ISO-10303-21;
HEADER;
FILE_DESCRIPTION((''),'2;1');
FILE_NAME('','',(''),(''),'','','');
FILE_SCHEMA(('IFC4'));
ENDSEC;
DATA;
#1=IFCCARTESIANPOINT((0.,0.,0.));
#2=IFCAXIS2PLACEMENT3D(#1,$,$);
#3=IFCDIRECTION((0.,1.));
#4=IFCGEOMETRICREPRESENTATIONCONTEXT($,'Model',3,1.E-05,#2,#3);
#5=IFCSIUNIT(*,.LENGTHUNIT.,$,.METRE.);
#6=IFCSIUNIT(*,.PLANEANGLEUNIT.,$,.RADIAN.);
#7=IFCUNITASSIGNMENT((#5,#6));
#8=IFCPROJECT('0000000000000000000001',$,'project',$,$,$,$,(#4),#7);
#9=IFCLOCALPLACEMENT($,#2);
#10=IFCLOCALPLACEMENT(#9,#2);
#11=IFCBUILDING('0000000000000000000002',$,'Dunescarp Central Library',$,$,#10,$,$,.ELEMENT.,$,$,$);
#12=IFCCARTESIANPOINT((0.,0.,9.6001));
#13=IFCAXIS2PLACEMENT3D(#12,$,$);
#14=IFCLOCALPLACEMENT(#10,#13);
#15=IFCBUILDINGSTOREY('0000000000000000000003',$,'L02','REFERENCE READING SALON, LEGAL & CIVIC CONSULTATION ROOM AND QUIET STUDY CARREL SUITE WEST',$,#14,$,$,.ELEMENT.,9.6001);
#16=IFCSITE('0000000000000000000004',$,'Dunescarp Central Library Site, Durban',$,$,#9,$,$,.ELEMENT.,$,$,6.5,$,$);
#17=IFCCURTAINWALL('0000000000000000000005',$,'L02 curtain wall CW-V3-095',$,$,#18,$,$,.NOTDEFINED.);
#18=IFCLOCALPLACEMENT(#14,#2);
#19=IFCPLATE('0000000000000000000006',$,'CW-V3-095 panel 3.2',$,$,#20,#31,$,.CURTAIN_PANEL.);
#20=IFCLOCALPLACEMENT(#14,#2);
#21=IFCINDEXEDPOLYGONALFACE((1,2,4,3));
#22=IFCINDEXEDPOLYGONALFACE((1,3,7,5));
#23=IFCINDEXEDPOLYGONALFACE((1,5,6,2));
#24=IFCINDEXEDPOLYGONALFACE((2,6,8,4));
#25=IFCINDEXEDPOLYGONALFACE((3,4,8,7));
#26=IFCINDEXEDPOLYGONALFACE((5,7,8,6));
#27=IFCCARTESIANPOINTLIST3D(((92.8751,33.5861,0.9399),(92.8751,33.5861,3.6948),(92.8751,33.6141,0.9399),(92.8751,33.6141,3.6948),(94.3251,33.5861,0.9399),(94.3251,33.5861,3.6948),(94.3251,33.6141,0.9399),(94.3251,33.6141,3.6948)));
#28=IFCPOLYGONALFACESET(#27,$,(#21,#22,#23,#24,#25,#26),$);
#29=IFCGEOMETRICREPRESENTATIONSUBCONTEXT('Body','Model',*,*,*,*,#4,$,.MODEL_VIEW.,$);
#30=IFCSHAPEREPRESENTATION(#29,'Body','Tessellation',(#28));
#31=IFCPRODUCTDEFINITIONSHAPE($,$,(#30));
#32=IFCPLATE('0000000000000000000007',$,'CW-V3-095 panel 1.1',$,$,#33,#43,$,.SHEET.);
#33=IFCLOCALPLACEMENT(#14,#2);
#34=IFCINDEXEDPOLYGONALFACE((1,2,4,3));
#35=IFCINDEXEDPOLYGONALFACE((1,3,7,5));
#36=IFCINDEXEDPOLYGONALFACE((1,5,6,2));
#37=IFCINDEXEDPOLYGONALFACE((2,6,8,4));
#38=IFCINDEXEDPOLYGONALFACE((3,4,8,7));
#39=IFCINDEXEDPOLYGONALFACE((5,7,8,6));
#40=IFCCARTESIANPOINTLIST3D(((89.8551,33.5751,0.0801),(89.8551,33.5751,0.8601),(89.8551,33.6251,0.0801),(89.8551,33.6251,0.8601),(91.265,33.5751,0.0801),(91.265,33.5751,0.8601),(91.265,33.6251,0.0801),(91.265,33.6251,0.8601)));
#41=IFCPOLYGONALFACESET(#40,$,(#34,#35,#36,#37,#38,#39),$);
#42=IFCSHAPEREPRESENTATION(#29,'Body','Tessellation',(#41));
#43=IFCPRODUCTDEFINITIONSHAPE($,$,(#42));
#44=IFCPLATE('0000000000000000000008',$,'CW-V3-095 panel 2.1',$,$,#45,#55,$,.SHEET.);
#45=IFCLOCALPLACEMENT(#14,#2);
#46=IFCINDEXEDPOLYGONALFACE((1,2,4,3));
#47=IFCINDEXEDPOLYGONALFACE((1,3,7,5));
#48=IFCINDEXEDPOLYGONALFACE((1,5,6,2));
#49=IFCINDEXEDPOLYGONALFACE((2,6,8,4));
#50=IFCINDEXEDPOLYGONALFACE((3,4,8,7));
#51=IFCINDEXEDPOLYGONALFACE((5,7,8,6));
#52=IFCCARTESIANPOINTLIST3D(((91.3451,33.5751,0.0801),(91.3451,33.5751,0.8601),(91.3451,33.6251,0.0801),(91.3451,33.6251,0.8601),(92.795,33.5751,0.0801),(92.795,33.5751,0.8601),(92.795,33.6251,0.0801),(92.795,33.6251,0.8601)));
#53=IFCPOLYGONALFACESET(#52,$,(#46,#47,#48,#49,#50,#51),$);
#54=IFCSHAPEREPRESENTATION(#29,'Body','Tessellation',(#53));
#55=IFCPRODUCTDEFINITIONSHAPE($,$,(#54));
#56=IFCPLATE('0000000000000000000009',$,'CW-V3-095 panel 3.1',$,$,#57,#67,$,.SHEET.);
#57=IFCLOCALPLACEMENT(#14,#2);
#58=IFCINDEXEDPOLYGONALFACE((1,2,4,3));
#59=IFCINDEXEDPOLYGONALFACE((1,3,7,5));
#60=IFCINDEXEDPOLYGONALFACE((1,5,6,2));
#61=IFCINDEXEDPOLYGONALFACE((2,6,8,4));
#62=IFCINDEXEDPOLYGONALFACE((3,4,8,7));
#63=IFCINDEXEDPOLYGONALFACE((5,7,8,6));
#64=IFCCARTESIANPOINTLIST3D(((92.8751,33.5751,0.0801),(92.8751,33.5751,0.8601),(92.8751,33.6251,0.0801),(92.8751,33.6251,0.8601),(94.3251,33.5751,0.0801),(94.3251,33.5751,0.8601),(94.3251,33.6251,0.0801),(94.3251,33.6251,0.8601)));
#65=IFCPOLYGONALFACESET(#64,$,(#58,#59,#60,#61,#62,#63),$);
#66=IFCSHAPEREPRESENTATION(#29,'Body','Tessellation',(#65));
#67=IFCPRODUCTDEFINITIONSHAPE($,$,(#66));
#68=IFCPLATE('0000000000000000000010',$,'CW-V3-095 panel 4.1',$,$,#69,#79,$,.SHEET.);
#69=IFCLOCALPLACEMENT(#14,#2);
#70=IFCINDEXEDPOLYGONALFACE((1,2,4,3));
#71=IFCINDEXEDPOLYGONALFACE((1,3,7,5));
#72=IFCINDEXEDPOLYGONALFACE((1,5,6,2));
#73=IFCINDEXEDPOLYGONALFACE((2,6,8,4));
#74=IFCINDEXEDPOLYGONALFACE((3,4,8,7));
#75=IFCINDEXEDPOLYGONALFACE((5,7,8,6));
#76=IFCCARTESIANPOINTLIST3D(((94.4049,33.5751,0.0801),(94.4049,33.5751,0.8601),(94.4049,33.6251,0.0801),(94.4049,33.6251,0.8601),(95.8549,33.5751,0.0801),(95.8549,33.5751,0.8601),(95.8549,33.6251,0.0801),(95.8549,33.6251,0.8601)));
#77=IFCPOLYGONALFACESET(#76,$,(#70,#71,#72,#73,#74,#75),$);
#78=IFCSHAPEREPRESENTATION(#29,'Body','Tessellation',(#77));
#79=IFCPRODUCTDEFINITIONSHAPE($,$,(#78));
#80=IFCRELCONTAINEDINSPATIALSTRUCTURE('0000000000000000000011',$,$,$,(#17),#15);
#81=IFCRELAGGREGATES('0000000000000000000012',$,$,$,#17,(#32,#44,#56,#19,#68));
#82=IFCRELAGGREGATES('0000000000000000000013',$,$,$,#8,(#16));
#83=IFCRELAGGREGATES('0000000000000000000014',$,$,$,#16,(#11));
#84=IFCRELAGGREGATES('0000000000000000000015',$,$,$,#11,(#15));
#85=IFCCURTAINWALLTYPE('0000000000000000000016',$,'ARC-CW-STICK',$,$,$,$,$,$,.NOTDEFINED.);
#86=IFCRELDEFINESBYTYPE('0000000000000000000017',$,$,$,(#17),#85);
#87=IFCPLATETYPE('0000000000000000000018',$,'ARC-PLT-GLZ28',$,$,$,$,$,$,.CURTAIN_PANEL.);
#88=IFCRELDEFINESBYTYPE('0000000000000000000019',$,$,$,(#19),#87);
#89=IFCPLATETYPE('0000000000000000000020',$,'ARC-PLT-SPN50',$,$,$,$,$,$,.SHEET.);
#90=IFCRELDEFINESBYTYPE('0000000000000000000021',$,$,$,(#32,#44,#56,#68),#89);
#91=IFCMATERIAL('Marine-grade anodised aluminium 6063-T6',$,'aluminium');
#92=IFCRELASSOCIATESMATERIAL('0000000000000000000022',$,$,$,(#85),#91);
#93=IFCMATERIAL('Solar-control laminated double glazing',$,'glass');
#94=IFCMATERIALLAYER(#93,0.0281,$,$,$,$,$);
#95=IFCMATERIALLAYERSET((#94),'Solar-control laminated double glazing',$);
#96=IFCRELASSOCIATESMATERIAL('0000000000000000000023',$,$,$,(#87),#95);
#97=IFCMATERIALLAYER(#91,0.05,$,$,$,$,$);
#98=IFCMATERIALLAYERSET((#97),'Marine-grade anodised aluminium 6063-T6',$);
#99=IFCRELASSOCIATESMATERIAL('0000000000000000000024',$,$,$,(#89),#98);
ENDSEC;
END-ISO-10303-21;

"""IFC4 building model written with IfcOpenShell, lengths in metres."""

from ifc_helpers import new_model, si_unit, direction, frame, origin, origin_2d, place, context, subcontext, project, spatial, rectangle, extrude, material, layer, layer_set, type_object, element, aggregate, save


model = new_model("IFC4")

# Units and contexts
model_context = context("Model", 3, precision=1e-05, world=origin(), true_north=direction((0.0, 1.0)))
body_context = subcontext(model_context, "Body", "Model", "MODEL_VIEW")
ifc_project = project(units=[si_unit("LENGTHUNIT", "METRE"), si_unit("PLANEANGLEUNIT", "RADIAN")], contexts=[model_context])

# Site, building, storey
site_placement = place(None, origin())
site = spatial("IfcSite", under=ifc_project, at=site_placement, Name="Dunescarp Central Library Site, Durban", CompositionType="ELEMENT", RefElevation=6.5)
building_placement = place(site_placement, origin())
building = spatial("IfcBuilding", under=site, at=building_placement, Name="Dunescarp Central Library", CompositionType="ELEMENT")
storey_placement = place(building_placement, frame((0.0, 0.0, 9.6001)))
storey = spatial("IfcBuildingStorey", under=building, at=storey_placement, Name="L02", Description="REFERENCE READING SALON, LEGAL & CIVIC CONSULTATION ROOM AND QUIET STUDY CARREL SUITE WEST", CompositionType="ELEMENT", Elevation=9.6001)

# Curtain wall
ifc_material_1 = material(Name="Marine-grade anodised aluminium 6063-T6", Category="aluminium")
curtain_wall_type = type_object("IfcCurtainWallType", Name="ARC-CW-STICK", PredefinedType="NOTDEFINED", material=ifc_material_1)
curtain_wall_placement = place(storey_placement, origin())
curtain_wall = element("IfcCurtainWall", 1, at=curtain_wall_placement, inside=storey, type_object=curtain_wall_type, Name="L02 curtain wall CW-V3-095", PredefinedType="NOTDEFINED")

# Plates
ifc_material_2 = material(Name="Solar-control laminated double glazing", Category="glass")
ifc_layer_1 = layer(ifc_material_2, 0.0281)
ifc_layer_set_1 = layer_set([ifc_layer_1], Name="Solar-control laminated double glazing")
plate_type_1 = type_object("IfcPlateType", Name="ARC-PLT-GLZ28", PredefinedType="CURTAIN_PANEL", material=ifc_layer_set_1)
plate_1_placement = place(storey_placement, frame((93.6001, 33.6001, 0.9399), z_axis=(0.0, 0.0, 1.0), x_axis=(1.0, 0.0, 0.0)))
plate_1 = element("IfcPlate", 2, at=plate_1_placement, type_object=plate_type_1, Name="CW-V3-095 panel 3.2", PredefinedType="CURTAIN_PANEL", context=body_context, shape_type="SweptSolid", body=[
    extrude(rectangle(XDim=1.45, YDim=0.0281, at=origin_2d()), origin(), (0.0, 0.0, 1.0), 2.7549),
])
ifc_layer_2 = layer(ifc_material_1, 0.05)
ifc_layer_set_2 = layer_set([ifc_layer_2], Name="Marine-grade anodised aluminium 6063-T6")
plate_type_2 = type_object("IfcPlateType", Name="ARC-PLT-SPN50", PredefinedType="SHEET", material=ifc_layer_set_2)
plate_2_placement = place(storey_placement, frame((90.5601, 33.6001, 0.0801), z_axis=(0.0, 0.0, 1.0), x_axis=(1.0, 0.0, 0.0)))
plate_2 = element("IfcPlate", 3, at=plate_2_placement, type_object=plate_type_2, Name="CW-V3-095 panel 1.1", PredefinedType="SHEET", context=body_context, shape_type="SweptSolid", body=[
    extrude(rectangle(XDim=1.4099, YDim=0.05, at=origin_2d()), origin(), (0.0, 0.0, 1.0), 0.78),
])
plate_3_placement = place(storey_placement, frame((92.0701, 33.6001, 0.0801), z_axis=(0.0, 0.0, 1.0), x_axis=(1.0, 0.0, 0.0)))
plate_3 = element("IfcPlate", 4, at=plate_3_placement, type_object=plate_type_2, Name="CW-V3-095 panel 2.1", PredefinedType="SHEET", context=body_context, shape_type="SweptSolid", body=[
    extrude(rectangle(XDim=1.45, YDim=0.05, at=origin_2d()), origin(), (0.0, 0.0, 1.0), 0.78),
])
plate_4_placement = place(storey_placement, frame((93.6001, 33.6001, 0.0801), z_axis=(0.0, 0.0, 1.0), x_axis=(1.0, 0.0, 0.0)))
plate_4 = element("IfcPlate", 5, at=plate_4_placement, type_object=plate_type_2, Name="CW-V3-095 panel 3.1", PredefinedType="SHEET", context=body_context, shape_type="SweptSolid", body=[
    extrude(rectangle(XDim=1.45, YDim=0.05, at=origin_2d()), origin(), (0.0, 0.0, 1.0), 0.78),
])
plate_5_placement = place(storey_placement, frame((95.1299, 33.6001, 0.0801), z_axis=(0.0, 0.0, 1.0), x_axis=(1.0, 0.0, 0.0)))
plate_5 = element("IfcPlate", 6, at=plate_5_placement, type_object=plate_type_2, Name="CW-V3-095 panel 4.1", PredefinedType="SHEET", context=body_context, shape_type="SweptSolid", body=[
    extrude(rectangle(XDim=1.45, YDim=0.05, at=origin_2d()), origin(), (0.0, 0.0, 1.0), 0.78),
])
aggregate(curtain_wall, [plate_2, plate_3, plate_4, plate_1, plate_5])

save(model, "model.ifc")
